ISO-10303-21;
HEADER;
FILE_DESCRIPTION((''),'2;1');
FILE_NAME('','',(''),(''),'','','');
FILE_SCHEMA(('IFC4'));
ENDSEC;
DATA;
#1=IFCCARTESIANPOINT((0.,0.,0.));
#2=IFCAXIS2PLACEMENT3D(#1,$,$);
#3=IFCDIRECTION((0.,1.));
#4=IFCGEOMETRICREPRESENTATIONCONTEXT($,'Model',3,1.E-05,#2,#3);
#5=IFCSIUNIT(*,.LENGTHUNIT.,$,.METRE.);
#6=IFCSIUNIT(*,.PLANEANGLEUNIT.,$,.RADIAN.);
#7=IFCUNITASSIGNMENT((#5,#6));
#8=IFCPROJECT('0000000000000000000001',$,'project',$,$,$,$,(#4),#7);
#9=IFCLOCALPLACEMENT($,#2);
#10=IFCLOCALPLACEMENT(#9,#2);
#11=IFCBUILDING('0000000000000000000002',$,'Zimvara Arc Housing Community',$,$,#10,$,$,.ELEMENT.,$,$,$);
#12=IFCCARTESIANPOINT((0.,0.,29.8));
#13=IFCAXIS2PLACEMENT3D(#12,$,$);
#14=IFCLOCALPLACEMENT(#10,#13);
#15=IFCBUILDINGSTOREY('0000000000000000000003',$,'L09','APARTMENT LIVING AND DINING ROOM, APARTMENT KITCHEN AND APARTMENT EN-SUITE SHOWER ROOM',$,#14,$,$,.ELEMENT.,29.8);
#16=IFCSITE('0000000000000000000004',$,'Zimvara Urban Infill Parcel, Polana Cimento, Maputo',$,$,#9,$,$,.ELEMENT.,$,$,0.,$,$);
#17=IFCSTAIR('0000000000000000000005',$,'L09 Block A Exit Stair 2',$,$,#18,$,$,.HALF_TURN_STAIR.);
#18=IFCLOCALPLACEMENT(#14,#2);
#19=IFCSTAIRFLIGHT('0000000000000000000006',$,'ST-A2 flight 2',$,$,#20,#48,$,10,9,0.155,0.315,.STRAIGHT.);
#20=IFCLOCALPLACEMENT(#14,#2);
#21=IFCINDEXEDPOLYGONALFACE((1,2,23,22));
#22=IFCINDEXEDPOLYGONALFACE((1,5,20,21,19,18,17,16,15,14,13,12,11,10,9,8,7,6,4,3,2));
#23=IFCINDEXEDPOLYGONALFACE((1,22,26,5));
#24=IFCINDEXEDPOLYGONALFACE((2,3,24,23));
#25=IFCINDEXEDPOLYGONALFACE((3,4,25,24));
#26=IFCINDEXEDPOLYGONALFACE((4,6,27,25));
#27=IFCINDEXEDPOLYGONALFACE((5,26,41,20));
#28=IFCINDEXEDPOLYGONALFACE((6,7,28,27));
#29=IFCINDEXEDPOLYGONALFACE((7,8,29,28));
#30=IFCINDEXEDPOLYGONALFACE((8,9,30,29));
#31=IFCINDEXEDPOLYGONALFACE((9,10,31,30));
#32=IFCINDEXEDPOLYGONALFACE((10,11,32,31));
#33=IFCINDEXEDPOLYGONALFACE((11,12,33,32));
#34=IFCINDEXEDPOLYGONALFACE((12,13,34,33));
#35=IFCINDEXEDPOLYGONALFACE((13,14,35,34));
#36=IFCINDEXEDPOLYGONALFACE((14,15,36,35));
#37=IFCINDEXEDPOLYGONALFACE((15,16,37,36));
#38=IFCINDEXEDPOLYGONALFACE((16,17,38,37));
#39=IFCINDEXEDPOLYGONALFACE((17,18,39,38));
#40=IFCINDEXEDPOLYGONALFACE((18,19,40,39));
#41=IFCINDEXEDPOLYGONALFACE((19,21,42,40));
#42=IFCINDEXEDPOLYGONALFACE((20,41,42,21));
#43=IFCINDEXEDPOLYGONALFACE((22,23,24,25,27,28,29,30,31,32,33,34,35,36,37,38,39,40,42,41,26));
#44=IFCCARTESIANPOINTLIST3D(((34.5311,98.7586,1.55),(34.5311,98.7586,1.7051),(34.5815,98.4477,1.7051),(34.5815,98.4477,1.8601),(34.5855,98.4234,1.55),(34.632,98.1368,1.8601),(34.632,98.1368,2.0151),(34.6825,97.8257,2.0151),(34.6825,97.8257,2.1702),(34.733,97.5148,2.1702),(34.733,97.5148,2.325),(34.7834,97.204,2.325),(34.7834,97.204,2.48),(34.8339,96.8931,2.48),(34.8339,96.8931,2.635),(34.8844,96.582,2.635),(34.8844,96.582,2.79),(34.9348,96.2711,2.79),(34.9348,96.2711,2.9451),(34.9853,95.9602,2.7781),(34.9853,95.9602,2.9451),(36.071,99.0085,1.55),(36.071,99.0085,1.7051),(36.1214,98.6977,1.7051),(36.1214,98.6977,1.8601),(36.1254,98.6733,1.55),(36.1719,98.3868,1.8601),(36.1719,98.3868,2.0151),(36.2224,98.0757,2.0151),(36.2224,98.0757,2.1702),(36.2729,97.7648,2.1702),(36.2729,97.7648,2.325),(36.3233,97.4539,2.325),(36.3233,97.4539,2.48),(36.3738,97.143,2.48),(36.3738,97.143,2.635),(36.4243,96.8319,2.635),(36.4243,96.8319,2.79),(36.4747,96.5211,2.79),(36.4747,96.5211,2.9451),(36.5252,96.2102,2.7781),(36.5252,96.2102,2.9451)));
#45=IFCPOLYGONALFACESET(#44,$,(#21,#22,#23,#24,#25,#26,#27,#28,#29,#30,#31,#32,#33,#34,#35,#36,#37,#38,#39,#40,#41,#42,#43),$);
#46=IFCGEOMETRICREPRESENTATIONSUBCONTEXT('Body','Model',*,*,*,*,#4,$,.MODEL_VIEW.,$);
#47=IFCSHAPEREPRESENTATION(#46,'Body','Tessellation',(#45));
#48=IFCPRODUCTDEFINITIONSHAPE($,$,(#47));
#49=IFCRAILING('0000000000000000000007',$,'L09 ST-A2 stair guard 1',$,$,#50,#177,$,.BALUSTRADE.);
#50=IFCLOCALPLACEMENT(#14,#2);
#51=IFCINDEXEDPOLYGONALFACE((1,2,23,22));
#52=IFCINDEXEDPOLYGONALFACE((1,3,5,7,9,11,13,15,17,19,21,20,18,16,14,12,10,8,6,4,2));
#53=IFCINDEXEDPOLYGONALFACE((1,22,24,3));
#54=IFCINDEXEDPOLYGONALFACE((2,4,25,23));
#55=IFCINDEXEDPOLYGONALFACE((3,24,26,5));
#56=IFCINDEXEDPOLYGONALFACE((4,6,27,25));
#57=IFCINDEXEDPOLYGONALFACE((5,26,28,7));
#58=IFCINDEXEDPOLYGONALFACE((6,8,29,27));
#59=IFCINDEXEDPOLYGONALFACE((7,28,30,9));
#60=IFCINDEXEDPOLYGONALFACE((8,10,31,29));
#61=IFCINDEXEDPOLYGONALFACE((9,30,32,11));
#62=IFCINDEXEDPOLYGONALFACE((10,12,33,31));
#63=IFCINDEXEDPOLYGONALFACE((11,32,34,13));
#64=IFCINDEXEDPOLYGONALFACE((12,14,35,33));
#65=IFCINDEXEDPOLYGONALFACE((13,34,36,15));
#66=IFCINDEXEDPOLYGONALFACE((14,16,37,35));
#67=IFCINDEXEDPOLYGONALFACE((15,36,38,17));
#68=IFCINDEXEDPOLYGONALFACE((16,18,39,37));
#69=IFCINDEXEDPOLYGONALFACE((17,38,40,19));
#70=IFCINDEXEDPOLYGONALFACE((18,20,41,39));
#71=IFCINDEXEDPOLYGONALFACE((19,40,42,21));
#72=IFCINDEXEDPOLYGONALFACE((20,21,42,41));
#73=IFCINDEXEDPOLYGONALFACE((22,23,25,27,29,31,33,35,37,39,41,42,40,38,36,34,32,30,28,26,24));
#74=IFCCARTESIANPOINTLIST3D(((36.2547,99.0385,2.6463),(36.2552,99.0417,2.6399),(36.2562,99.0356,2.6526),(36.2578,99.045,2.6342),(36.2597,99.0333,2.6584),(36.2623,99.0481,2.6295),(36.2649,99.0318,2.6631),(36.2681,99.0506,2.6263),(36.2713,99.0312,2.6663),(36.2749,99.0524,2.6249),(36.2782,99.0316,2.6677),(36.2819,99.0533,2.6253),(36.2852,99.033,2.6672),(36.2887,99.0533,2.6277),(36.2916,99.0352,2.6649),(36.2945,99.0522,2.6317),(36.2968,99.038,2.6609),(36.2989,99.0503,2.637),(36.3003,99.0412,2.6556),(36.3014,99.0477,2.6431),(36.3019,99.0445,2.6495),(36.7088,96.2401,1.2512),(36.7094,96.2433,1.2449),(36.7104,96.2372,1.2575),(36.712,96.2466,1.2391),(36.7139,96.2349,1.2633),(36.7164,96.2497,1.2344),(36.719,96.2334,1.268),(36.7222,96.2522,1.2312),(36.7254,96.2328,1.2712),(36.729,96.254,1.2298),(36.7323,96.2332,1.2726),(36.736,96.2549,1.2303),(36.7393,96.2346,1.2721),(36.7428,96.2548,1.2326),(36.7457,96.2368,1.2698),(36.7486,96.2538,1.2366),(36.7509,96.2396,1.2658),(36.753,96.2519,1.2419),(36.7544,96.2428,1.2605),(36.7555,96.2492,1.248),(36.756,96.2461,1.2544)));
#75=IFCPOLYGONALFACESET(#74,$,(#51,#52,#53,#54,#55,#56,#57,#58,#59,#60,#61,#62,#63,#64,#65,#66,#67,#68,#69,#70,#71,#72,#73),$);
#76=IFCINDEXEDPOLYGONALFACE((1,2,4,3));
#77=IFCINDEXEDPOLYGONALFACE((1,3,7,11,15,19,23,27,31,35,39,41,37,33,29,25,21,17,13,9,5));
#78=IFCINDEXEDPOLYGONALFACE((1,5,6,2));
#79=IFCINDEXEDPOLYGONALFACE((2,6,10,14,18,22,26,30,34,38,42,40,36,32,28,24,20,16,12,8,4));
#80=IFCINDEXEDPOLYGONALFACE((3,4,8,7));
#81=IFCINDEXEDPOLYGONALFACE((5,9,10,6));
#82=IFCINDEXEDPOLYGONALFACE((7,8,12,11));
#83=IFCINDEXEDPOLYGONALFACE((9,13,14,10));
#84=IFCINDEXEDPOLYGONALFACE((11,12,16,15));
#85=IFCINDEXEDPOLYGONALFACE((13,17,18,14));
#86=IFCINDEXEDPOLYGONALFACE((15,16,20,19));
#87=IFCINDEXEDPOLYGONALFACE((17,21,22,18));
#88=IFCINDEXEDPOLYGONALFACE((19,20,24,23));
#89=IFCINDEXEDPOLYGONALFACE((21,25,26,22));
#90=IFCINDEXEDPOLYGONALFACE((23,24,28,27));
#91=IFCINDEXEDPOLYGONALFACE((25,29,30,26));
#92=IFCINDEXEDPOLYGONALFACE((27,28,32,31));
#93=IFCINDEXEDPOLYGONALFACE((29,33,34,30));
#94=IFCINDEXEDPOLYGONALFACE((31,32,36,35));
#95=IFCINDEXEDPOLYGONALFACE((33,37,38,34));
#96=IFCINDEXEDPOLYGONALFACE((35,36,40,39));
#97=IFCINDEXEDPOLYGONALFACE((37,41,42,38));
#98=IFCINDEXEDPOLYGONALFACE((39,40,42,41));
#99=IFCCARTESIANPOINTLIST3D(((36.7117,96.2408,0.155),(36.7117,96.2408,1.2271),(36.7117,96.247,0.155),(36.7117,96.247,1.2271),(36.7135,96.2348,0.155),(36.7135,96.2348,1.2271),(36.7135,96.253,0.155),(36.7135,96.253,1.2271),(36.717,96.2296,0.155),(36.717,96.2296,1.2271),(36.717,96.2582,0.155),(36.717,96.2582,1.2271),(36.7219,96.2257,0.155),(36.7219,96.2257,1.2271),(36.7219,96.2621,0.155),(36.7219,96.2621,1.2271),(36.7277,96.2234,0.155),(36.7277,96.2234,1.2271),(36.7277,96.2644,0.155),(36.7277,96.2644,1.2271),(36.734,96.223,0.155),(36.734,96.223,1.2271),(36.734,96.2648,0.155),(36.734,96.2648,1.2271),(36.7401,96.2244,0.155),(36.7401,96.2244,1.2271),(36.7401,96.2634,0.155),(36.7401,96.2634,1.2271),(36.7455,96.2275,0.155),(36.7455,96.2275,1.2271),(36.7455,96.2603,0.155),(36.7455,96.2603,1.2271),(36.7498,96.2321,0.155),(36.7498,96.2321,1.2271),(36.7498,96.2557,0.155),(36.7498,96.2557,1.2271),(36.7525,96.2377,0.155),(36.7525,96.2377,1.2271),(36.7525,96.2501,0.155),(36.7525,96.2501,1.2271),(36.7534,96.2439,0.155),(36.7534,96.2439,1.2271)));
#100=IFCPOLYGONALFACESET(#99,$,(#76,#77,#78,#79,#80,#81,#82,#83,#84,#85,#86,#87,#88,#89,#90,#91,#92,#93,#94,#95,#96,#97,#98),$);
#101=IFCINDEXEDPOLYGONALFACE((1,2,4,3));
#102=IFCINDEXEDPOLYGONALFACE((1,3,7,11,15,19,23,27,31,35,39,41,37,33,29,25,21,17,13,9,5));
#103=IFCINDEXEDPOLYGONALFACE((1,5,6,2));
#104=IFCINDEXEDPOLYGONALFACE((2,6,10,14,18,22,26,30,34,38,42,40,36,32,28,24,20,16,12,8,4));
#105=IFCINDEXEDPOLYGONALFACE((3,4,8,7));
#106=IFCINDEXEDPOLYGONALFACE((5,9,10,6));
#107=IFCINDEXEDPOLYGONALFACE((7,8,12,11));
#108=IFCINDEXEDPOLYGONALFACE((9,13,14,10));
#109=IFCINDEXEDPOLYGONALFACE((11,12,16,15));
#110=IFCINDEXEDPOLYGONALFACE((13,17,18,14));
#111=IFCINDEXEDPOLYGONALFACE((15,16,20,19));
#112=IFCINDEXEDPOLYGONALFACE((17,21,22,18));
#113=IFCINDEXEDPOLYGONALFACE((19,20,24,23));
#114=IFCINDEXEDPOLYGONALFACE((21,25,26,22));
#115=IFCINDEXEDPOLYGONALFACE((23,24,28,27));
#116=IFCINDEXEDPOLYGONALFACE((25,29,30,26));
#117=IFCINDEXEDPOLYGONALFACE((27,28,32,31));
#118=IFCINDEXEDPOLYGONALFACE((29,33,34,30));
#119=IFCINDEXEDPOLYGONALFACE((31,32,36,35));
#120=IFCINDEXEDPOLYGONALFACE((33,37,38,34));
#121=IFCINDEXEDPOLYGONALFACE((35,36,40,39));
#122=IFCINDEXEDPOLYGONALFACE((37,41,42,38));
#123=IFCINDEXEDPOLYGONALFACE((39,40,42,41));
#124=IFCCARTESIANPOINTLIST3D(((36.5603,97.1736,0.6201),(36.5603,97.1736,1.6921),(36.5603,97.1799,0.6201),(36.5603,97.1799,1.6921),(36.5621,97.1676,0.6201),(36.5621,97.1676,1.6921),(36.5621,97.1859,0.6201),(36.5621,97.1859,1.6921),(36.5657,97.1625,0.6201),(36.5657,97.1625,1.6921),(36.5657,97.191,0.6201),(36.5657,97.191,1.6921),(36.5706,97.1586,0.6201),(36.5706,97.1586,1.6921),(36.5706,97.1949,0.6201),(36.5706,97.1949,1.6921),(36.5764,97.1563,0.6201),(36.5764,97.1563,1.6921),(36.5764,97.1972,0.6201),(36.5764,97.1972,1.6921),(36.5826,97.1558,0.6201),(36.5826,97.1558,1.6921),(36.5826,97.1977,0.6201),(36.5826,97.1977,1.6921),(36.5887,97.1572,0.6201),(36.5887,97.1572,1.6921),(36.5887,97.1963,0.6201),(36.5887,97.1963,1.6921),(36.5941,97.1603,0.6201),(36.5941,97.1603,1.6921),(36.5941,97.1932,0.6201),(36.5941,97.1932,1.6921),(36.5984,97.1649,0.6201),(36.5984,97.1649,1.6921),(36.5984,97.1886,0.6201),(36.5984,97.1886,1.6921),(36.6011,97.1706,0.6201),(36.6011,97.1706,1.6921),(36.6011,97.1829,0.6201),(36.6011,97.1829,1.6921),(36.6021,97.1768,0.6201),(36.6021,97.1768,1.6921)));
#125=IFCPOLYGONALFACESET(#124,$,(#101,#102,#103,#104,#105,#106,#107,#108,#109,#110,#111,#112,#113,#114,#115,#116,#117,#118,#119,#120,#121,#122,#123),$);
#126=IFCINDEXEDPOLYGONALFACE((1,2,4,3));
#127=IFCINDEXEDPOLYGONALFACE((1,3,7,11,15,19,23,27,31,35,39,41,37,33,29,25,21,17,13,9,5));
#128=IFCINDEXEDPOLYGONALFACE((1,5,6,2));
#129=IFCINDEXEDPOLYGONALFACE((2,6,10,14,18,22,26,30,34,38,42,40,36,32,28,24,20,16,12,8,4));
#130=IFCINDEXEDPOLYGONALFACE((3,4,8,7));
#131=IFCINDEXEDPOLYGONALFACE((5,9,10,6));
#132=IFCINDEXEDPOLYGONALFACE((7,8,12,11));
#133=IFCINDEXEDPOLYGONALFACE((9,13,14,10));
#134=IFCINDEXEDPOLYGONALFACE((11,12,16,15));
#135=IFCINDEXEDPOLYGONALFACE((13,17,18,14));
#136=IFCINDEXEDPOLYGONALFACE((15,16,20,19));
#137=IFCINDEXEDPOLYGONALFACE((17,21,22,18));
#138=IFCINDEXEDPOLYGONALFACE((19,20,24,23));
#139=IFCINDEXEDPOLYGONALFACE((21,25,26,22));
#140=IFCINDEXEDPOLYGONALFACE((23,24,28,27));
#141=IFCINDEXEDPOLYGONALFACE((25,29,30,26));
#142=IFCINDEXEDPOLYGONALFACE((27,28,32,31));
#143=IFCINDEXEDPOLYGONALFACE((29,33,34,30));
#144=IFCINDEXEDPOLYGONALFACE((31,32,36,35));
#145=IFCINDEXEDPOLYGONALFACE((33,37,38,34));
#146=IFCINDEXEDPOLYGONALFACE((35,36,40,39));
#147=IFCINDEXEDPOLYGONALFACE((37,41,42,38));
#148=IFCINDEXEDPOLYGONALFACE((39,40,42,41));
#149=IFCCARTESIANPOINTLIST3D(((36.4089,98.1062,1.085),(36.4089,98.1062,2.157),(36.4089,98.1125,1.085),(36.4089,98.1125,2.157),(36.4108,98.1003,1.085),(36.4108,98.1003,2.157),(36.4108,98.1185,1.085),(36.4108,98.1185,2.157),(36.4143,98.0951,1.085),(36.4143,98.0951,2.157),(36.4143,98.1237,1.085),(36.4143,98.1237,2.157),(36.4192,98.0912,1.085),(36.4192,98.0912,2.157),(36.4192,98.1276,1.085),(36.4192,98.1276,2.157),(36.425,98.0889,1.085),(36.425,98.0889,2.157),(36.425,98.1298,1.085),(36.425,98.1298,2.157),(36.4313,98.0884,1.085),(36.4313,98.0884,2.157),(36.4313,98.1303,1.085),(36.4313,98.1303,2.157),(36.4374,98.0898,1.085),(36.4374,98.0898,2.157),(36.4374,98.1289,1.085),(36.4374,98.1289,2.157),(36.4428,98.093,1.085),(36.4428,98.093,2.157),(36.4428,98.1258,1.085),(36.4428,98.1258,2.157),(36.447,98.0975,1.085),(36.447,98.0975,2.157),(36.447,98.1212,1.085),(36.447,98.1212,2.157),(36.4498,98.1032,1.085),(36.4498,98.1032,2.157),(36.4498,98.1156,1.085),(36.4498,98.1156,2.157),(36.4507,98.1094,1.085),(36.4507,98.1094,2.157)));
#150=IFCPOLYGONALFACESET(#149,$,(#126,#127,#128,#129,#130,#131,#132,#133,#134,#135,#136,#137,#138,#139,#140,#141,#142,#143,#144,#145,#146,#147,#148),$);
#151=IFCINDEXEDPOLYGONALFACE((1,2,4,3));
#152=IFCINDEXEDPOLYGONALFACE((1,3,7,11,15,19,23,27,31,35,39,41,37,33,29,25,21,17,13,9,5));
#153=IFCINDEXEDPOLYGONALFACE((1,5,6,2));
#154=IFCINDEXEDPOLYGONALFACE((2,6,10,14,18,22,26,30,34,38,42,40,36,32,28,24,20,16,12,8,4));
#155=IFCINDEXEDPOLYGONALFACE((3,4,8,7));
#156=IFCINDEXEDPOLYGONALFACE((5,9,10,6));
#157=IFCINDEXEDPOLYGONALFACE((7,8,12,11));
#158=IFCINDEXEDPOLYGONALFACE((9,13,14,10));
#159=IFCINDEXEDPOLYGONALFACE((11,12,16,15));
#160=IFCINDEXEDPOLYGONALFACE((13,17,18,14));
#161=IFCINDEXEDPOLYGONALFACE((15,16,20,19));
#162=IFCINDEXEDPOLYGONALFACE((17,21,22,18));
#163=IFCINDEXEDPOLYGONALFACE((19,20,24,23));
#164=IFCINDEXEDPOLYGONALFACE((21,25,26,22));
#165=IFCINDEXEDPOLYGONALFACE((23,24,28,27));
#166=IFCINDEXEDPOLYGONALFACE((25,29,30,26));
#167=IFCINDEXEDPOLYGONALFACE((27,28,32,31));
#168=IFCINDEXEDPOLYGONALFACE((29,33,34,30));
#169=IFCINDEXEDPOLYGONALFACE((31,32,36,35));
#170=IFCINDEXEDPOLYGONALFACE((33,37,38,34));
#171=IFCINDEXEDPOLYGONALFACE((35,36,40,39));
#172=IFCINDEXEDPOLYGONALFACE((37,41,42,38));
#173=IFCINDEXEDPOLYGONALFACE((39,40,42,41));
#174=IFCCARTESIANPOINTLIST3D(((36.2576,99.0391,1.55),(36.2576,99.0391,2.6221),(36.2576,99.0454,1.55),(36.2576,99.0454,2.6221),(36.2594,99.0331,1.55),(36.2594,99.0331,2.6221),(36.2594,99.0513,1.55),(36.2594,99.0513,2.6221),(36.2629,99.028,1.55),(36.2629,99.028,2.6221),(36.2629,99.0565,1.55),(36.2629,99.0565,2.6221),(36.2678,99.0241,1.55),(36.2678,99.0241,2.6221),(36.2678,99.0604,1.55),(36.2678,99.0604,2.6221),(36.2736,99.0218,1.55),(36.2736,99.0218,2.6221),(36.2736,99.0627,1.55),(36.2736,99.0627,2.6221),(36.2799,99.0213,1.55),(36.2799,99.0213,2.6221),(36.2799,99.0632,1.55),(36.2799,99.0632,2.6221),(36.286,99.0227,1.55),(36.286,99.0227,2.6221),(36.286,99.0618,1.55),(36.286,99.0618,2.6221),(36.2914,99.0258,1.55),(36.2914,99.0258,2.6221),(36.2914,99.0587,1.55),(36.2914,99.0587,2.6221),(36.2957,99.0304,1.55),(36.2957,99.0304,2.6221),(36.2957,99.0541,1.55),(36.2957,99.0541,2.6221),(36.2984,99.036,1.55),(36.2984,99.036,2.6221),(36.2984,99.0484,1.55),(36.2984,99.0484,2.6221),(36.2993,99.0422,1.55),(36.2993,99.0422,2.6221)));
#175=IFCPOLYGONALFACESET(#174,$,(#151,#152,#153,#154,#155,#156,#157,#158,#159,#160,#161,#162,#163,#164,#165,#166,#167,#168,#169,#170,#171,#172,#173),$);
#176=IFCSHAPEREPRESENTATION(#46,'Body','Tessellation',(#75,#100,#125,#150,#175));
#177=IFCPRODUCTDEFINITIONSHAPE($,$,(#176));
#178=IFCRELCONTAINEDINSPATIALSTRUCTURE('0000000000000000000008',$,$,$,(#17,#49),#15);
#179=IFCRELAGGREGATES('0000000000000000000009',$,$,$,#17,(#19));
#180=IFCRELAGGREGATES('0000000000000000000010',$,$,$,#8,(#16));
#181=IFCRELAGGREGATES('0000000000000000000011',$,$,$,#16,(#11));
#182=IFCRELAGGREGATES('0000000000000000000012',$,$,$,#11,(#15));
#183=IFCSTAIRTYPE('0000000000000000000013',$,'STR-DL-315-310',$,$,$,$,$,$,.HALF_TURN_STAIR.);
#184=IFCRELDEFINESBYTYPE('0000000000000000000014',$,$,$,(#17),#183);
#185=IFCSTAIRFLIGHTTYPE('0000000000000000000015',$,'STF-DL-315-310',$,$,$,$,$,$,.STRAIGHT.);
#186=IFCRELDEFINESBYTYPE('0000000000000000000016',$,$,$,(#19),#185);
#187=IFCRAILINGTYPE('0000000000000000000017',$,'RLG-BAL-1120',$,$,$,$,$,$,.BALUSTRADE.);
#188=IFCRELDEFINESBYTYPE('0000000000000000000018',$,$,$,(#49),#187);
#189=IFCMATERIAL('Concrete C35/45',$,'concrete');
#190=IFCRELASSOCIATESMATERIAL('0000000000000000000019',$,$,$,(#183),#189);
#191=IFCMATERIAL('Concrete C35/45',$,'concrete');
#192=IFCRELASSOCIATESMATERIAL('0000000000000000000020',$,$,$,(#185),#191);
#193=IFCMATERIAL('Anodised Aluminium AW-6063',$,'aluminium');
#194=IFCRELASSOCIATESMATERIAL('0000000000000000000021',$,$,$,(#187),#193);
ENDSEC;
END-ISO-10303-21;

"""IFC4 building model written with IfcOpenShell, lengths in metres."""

from ifc_helpers import new_model, si_unit, direction, frame, origin, origin_2d, place, context, subcontext, project, spatial, polyline, circle, outline, extrude, material, type_object, element, aggregate, save


model = new_model("IFC4")

# Units and contexts
model_context = context("Model", 3, precision=1e-05, world=origin(), true_north=direction((0.0, 1.0)))
body_context = subcontext(model_context, "Body", "Model", "MODEL_VIEW")
ifc_project = project(units=[si_unit("LENGTHUNIT", "METRE"), si_unit("PLANEANGLEUNIT", "RADIAN")], contexts=[model_context])

# Site, building, storey
site_placement = place(None, origin())
site = spatial("IfcSite", under=ifc_project, at=site_placement, Name="Zimvara Urban Infill Parcel, Polana Cimento, Maputo", CompositionType="ELEMENT", RefElevation=0.0)
building_placement = place(site_placement, origin())
building = spatial("IfcBuilding", under=site, at=building_placement, Name="Zimvara Arc Housing Community", CompositionType="ELEMENT")
storey_placement = place(building_placement, frame((0.0, 0.0, 29.8)))
storey = spatial("IfcBuildingStorey", under=building, at=storey_placement, Name="L09", Description="APARTMENT LIVING AND DINING ROOM, APARTMENT KITCHEN AND APARTMENT EN-SUITE SHOWER ROOM", CompositionType="ELEMENT", Elevation=29.8)

# Stair, stair flight
ifc_material_1 = material(Name="Concrete C35/45", Category="concrete")
stair_type = type_object("IfcStairType", Name="STR-DL-315-310", PredefinedType="HALF_TURN_STAIR", material=ifc_material_1)
stair_placement = place(storey_placement, origin())
stair = element("IfcStair", 1, at=stair_placement, inside=storey, type_object=stair_type, Name="L09 Block A Exit Stair 2", PredefinedType="HALF_TURN_STAIR")
ifc_material_2 = material(Name="Concrete C35/45", Category="concrete")
stair_flight_type = type_object("IfcStairFlightType", Name="STF-DL-315-310", PredefinedType="STRAIGHT", material=ifc_material_2)
stair_flight_1_placement = place(storey_placement, frame((35.301, 98.8835, 1.55), z_axis=(0.0, 0.0, 1.0), x_axis=(0.160226, -0.98708, 0.0)))
stair_flight_1 = element("IfcStairFlight", 2, at=stair_flight_1_placement, type_object=stair_flight_type, Name="ST-A2 flight 2", NumberOfRisers=10, NumberOfTreads=9, PredefinedType="STRAIGHT", RiserHeight=0.155, TreadLength=0.315, context=body_context, shape_type="SweptSolid", body=[
    extrude(outline(polyline([(0.0, 0.0), (0.0, 0.155), (0.3149, 0.155), (0.3149, 0.3101), (0.6299, 0.3101), (0.6299, 0.4651), (0.9451, 0.4651), (0.9451, 0.6201), (1.26, 0.6201), (1.26, 0.7749), (1.575, 0.7749), (1.575, 0.9299), (1.8899, 0.9299), (1.8899, 1.085), (2.2051, 1.085), (2.2051, 1.24), (2.52, 1.24), (2.52, 1.395), (2.835, 1.395), (2.835, 1.55), (2.835, 1.228), (0.3396, 0.0), (0.0, 0.0)])), frame((0.0, 0.78, 0.0), z_axis=(0.0, -1.0, 0.0), x_axis=(1.0, 0.0, 0.0)), (0.0, 0.0, 1.0), 1.5601),
])
aggregate(stair, [stair_flight_1])

# Railing
ifc_material_3 = material(Name="Anodised Aluminium AW-6063", Category="aluminium")
railing_type_1 = type_object("IfcRailingType", Name="RLG-BAL-1120", PredefinedType="BALUSTRADE", material=ifc_material_3)
railing_1_placement = place(storey_placement, frame((36.7324, 96.2439, 0.155)))
element("IfcRailing", 3, at=railing_1_placement, inside=storey, type_object=railing_type_1, Name="L09 ST-A2 stair guard 1", PredefinedType="BALUSTRADE", context=body_context, shape_type="SweptSolid", body=[
    extrude(circle(Radius=0.0239, at=origin_2d()), frame((0.0, 0.0, 1.0962), z_axis=(-0.143722, 0.885666, 0.44152), x_axis=(-0.987088, -0.16018, 0.0)), (0.0, 0.0, 1.0), 3.1597),
    extrude(circle(Radius=0.021, at=origin_2d()), origin(), (0.0, 0.0, 1.0), 1.072),
    extrude(circle(Radius=0.021, at=origin_2d()), frame((-0.1514, 0.9329, 0.4651)), (0.0, 0.0, 1.0), 1.072),
    extrude(circle(Radius=0.021, at=origin_2d()), frame((-0.3027, 1.8655, 0.9299)), (0.0, 0.0, 1.0), 1.072),
    extrude(circle(Radius=0.021, at=origin_2d()), frame((-0.4541, 2.7983, 1.395)), (0.0, 0.0, 1.0), 1.072),
])

save(model, "model.ifc")
